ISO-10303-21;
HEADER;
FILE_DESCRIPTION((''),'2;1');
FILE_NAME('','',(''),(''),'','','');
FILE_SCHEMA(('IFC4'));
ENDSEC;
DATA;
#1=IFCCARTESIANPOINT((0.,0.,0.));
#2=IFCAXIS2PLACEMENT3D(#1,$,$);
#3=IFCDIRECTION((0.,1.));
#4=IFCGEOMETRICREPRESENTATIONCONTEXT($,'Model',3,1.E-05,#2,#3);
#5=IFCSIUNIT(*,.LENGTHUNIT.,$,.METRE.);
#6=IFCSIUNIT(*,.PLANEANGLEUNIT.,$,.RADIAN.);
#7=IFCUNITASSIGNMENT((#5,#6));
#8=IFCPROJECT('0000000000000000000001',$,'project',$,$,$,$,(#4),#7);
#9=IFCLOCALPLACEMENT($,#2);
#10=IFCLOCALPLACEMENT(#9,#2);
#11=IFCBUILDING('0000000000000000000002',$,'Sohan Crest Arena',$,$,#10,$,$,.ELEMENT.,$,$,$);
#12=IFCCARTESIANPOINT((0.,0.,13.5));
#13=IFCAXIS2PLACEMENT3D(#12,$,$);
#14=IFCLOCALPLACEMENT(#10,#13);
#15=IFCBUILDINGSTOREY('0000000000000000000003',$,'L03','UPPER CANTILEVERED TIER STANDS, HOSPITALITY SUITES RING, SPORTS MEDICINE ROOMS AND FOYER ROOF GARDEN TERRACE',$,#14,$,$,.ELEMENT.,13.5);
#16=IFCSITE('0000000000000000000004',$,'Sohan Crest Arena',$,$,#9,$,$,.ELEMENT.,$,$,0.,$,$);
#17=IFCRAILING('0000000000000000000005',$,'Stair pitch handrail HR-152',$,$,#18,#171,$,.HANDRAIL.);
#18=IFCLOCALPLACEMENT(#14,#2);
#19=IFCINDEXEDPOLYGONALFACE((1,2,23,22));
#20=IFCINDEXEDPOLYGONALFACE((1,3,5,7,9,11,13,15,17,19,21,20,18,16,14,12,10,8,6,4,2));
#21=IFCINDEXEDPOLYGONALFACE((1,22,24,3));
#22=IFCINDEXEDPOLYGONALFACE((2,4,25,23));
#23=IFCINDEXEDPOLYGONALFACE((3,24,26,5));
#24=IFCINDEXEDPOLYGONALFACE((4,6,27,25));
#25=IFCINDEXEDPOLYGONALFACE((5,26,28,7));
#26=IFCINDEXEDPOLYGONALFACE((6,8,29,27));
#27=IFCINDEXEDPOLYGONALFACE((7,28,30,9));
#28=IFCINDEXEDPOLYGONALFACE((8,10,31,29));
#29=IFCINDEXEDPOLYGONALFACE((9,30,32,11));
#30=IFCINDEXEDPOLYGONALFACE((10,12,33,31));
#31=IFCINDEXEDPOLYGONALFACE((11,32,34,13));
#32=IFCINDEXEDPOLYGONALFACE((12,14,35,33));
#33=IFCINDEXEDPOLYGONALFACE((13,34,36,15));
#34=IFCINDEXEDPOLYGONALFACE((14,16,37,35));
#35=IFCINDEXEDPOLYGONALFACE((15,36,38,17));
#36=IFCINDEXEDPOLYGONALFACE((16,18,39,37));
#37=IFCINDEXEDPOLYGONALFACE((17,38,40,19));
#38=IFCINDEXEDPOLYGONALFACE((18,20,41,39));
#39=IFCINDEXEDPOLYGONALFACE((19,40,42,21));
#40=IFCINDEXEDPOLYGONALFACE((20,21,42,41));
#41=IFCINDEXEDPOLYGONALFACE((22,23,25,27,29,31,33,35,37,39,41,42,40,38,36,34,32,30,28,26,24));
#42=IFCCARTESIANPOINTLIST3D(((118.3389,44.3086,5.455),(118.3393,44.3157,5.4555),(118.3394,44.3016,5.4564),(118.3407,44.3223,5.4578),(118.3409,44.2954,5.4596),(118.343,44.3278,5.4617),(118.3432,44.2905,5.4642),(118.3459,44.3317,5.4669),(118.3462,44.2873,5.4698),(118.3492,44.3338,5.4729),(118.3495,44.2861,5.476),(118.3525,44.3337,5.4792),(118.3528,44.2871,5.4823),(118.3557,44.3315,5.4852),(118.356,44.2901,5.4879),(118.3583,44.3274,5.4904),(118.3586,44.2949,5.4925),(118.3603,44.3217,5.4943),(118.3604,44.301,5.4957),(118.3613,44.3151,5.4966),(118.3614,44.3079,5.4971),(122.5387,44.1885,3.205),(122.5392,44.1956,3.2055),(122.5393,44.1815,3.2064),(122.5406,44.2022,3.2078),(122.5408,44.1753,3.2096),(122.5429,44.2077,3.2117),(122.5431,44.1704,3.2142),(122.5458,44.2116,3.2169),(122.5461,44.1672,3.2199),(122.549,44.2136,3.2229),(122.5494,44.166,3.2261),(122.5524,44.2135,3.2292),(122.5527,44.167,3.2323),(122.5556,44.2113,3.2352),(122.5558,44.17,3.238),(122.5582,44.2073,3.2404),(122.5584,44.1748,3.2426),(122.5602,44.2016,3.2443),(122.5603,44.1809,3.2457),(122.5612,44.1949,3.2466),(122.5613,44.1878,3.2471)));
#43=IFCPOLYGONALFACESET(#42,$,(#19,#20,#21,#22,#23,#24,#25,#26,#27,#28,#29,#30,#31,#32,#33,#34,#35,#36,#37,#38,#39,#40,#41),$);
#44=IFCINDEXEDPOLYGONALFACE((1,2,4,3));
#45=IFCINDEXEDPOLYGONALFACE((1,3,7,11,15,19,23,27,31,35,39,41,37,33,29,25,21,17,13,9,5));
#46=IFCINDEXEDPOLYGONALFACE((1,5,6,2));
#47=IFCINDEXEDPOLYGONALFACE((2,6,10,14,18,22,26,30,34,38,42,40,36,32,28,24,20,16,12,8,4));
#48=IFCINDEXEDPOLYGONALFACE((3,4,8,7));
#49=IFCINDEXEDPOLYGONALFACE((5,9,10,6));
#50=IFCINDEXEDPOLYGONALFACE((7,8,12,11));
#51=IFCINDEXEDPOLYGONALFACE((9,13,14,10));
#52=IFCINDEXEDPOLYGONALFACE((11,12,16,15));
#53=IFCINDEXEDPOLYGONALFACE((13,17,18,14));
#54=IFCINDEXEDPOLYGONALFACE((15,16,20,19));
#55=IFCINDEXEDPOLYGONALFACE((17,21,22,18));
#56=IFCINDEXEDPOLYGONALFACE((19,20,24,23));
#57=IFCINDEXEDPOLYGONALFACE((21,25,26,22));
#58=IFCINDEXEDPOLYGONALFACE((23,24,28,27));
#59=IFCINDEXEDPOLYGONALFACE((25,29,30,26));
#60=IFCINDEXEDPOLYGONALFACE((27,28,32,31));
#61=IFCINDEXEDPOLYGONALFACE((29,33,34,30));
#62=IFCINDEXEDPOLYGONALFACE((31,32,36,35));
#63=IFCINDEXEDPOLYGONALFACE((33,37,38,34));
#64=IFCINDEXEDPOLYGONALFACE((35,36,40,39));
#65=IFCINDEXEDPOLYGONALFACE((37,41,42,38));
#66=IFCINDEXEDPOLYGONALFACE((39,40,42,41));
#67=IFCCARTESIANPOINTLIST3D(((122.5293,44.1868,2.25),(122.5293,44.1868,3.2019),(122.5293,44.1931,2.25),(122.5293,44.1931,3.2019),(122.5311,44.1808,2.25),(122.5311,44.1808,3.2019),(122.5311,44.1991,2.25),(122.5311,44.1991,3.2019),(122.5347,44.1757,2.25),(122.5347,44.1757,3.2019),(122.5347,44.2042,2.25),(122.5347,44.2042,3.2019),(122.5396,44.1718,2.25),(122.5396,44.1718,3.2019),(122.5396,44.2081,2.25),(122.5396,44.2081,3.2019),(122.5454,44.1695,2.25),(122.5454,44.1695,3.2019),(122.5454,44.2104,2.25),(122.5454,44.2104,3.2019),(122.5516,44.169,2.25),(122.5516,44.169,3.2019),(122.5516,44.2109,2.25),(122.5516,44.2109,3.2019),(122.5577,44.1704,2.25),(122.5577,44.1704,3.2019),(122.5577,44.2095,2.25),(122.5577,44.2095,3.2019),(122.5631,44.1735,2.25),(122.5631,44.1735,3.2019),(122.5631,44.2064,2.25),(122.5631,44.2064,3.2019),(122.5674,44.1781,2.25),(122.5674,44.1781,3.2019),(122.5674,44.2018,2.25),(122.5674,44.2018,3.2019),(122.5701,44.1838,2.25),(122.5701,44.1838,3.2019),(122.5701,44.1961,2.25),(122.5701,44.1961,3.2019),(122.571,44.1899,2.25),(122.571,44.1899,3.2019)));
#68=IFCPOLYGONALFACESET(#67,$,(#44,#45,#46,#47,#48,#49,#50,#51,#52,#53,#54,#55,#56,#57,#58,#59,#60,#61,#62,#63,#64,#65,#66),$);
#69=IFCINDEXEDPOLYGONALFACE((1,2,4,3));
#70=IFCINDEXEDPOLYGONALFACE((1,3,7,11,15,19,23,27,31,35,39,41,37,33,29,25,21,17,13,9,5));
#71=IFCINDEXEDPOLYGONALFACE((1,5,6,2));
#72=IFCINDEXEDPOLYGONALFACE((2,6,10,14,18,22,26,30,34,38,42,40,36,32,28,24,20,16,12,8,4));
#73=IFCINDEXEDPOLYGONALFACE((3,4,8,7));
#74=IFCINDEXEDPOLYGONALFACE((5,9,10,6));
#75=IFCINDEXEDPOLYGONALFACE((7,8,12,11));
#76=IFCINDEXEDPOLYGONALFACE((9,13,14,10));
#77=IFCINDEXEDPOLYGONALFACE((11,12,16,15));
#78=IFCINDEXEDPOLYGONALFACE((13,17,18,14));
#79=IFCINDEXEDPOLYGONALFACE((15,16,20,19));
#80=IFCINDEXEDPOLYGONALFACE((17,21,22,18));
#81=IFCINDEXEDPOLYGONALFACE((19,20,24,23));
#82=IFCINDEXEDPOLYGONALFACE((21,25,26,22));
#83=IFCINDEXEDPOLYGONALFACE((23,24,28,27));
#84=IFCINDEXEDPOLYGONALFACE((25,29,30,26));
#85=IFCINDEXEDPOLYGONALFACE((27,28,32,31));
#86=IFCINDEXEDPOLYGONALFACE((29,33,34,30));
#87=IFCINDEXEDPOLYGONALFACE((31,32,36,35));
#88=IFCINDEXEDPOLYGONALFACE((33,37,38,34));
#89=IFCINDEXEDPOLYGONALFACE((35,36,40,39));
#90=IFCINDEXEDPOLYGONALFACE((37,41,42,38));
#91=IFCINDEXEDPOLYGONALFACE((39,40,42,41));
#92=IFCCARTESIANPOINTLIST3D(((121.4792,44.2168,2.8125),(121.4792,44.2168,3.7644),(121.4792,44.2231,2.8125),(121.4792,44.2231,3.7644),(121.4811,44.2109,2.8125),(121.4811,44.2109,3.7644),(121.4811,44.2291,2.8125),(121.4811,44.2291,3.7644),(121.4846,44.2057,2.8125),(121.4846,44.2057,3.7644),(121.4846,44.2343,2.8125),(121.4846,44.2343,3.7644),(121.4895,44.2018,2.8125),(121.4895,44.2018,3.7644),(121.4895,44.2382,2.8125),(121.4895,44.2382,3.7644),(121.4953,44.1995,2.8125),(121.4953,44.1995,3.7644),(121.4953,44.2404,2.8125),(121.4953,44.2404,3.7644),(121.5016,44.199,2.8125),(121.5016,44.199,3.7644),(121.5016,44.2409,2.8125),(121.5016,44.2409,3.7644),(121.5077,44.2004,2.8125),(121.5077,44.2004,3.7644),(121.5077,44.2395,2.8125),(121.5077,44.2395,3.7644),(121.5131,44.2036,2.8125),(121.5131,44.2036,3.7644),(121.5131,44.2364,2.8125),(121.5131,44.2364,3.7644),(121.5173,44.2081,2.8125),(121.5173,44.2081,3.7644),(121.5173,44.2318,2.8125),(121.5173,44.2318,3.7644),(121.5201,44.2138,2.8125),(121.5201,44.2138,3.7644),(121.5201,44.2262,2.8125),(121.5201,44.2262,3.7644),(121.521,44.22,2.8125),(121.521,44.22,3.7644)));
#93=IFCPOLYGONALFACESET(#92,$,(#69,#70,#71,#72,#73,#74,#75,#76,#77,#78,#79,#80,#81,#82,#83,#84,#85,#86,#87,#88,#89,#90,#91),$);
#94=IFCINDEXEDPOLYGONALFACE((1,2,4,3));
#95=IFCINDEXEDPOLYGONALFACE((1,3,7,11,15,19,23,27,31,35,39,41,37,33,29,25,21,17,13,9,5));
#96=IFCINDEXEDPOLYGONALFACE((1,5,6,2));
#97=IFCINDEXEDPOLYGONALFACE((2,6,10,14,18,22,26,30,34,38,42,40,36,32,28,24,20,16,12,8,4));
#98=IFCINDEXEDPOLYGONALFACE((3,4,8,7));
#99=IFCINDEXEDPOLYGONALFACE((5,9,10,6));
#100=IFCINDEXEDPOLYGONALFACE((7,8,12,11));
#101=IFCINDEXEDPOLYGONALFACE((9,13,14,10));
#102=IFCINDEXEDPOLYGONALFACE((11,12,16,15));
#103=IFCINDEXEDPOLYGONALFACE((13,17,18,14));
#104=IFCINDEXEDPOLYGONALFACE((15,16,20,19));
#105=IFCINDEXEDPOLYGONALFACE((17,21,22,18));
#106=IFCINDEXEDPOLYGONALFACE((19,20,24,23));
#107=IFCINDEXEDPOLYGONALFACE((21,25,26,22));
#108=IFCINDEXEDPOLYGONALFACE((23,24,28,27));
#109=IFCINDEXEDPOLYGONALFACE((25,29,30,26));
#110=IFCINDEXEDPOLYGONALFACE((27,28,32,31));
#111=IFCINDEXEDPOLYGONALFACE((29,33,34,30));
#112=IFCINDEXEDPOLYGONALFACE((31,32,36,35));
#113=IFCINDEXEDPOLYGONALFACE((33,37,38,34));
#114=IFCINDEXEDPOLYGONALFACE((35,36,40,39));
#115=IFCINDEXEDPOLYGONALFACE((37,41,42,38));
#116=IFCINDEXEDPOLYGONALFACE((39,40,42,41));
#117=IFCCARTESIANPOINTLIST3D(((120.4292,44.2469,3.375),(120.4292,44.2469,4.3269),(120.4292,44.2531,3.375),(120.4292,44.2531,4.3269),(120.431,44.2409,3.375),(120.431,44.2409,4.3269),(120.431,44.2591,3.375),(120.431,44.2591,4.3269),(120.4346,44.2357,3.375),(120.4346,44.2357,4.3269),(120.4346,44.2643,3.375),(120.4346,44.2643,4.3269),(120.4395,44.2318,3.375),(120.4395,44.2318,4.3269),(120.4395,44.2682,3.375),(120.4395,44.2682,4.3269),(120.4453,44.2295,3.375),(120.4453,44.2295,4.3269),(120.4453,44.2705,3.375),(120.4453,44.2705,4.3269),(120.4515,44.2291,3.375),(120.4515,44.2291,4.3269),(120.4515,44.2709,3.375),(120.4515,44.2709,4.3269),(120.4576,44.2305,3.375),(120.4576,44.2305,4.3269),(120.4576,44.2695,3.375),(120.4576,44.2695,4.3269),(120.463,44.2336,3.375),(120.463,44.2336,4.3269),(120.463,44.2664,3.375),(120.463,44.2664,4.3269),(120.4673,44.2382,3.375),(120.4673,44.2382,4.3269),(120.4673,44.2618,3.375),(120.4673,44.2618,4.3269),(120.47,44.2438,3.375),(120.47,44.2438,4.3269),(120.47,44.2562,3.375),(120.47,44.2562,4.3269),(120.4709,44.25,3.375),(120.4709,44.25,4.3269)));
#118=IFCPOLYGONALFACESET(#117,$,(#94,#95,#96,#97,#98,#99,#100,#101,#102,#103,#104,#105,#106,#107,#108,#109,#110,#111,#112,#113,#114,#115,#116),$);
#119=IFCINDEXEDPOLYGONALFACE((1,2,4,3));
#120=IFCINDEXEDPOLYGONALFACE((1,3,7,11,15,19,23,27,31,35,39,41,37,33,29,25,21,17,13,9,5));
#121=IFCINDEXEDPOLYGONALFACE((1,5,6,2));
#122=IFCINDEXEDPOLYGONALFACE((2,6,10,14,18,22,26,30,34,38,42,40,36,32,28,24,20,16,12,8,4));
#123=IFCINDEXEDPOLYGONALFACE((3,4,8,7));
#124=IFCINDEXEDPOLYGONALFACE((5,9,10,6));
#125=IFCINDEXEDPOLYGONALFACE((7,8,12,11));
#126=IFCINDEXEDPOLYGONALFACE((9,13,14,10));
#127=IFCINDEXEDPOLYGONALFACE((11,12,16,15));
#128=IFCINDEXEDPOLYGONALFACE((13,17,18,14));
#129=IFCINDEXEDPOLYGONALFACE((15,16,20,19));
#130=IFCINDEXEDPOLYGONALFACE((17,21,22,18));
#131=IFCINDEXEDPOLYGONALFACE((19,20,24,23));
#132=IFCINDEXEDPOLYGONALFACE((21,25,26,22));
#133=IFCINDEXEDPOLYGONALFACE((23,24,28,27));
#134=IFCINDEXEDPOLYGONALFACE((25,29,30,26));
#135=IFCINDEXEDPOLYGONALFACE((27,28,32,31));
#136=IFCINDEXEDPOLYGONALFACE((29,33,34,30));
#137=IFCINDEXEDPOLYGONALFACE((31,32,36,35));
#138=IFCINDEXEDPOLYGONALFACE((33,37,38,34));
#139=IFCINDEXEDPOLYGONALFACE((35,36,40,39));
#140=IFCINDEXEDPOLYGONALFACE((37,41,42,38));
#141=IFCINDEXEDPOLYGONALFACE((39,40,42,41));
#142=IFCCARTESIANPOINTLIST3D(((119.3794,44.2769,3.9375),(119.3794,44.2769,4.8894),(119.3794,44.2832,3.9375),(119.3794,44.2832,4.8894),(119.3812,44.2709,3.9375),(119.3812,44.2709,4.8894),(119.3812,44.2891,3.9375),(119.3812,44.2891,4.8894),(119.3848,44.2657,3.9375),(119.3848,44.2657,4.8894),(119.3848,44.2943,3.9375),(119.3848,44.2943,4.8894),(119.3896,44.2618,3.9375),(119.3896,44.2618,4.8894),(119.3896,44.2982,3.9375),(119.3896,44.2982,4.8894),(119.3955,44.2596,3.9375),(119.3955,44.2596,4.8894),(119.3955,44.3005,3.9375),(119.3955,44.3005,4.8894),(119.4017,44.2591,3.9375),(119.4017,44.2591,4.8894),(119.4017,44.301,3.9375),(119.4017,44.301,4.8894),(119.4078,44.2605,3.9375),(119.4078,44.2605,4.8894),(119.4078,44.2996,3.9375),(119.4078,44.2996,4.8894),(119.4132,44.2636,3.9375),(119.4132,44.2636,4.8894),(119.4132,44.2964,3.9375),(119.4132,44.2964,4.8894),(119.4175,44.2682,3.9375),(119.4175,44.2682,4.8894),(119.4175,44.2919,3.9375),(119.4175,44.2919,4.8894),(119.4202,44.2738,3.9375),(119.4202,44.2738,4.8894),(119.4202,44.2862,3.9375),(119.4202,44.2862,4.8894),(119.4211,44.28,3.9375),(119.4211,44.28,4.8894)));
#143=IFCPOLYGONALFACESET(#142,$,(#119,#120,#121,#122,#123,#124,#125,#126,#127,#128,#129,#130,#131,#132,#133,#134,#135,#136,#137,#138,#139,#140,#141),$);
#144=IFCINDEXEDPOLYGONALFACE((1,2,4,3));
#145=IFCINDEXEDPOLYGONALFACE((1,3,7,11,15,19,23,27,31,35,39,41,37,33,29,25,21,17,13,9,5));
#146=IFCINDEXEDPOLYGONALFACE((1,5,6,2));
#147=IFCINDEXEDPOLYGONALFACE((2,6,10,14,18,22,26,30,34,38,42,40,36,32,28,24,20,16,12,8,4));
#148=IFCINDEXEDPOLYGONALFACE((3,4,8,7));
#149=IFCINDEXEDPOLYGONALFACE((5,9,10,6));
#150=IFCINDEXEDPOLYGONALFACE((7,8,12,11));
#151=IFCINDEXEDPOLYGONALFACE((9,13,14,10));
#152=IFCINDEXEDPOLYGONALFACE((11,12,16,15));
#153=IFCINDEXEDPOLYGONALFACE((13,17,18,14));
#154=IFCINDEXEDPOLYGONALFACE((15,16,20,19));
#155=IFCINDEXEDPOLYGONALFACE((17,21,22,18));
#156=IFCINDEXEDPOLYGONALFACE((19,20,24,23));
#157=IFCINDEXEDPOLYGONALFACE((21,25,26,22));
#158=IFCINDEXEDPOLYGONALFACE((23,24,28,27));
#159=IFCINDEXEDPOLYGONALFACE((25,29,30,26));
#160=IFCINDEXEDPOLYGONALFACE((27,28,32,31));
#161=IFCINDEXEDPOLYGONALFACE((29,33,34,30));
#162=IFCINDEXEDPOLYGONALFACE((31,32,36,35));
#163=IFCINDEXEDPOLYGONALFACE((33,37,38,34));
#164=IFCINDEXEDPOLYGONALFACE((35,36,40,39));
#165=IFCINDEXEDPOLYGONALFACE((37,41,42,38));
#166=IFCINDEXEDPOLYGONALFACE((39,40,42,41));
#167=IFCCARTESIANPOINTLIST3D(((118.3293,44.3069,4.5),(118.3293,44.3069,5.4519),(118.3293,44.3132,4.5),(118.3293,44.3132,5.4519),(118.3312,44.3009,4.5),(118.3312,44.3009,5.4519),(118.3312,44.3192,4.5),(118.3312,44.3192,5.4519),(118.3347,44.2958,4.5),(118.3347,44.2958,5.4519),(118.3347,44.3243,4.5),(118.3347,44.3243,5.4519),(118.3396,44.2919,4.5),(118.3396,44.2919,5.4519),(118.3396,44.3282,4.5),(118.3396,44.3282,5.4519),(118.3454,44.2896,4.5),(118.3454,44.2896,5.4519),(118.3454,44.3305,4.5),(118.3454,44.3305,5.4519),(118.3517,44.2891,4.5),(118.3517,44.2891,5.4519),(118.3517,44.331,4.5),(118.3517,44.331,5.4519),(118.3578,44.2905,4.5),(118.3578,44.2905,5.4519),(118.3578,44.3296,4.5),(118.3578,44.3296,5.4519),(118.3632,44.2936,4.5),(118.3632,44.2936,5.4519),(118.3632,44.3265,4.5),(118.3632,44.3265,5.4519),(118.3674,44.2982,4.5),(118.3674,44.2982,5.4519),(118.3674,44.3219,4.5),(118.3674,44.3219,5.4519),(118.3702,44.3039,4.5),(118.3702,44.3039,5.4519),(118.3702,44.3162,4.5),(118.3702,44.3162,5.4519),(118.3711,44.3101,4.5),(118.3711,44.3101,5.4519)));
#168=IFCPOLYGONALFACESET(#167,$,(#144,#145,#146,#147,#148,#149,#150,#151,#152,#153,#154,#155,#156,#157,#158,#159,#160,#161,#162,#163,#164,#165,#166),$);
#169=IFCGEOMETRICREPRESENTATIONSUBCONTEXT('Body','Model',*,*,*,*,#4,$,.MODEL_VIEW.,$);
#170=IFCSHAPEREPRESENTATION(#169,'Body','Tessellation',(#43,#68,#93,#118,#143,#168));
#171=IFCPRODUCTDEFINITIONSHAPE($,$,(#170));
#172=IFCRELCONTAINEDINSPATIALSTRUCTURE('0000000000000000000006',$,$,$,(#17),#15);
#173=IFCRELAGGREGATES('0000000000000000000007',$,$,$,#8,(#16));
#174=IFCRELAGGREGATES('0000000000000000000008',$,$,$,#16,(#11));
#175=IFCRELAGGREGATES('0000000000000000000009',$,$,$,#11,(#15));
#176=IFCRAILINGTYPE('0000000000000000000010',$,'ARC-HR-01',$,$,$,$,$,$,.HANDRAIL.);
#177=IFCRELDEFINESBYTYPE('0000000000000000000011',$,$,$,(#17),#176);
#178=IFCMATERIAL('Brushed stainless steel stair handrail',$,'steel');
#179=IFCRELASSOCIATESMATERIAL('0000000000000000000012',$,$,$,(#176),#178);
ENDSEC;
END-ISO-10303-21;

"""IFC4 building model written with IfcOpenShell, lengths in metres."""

from ifc_helpers import new_model, si_unit, direction, frame, origin, origin_2d, place, context, subcontext, project, spatial, circle, extrude, material, type_object, element, save


model = new_model("IFC4")

# Units and contexts
model_context = context("Model", 3, precision=1e-05, world=origin(), true_north=direction((0.0, 1.0)))
body_context = subcontext(model_context, "Body", "Model", "MODEL_VIEW")
ifc_project = project(units=[si_unit("LENGTHUNIT", "METRE"), si_unit("PLANEANGLEUNIT", "RADIAN")], contexts=[model_context])

# Site, building, storey
site_placement = place(None, origin())
site = spatial("IfcSite", under=ifc_project, at=site_placement, Name="Sohan Crest Arena", CompositionType="ELEMENT", RefElevation=0.0)
building_placement = place(site_placement, origin())
building = spatial("IfcBuilding", under=site, at=building_placement, Name="Sohan Crest Arena", CompositionType="ELEMENT")
storey_placement = place(building_placement, frame((0.0, 0.0, 13.5)))
storey = spatial("IfcBuildingStorey", under=building, at=storey_placement, Name="L03", Description="UPPER CANTILEVERED TIER STANDS, HOSPITALITY SUITES RING, SPORTS MEDICINE ROOMS AND FOYER ROOF GARDEN TERRACE", CompositionType="ELEMENT", Elevation=13.5)

# Railing
ifc_material_1 = material(Name="Brushed stainless steel stair handrail", Category="steel")
railing_type_1 = type_object("IfcRailingType", Name="ARC-HR-01", PredefinedType="HANDRAIL", material=ifc_material_1)
railing_1_placement = place(storey_placement, frame((122.55, 44.1899, 2.25)))
element("IfcRailing", 1, at=railing_1_placement, inside=storey, type_object=railing_type_1, Name="Stair pitch handrail HR-152", PredefinedType="HANDRAIL", context=body_context, shape_type="SweptSolid", body=[
    extrude(circle(Radius=0.0239, at=origin_2d()), frame((0.0, 0.0, 0.9761), z_axis=(-0.881198, 0.025202, 0.472076), x_axis=(-0.028588, -0.999591, 0.0)), (0.0, 0.0, 1.0), 4.7661),
    extrude(circle(Radius=0.021, at=origin_2d()), origin(), (0.0, 0.0, 1.0), 0.9519),
    extrude(circle(Radius=0.021, at=origin_2d()), frame((-1.05, 0.03, 0.5625)), (0.0, 0.0, 1.0), 0.9519),
    extrude(circle(Radius=0.021, at=origin_2d()), frame((-2.1001, 0.0601, 1.125)), (0.0, 0.0, 1.0), 0.9519),
    extrude(circle(Radius=0.021, at=origin_2d()), frame((-3.1499, 0.0901, 1.6875)), (0.0, 0.0, 1.0), 0.9519),
    extrude(circle(Radius=0.021, at=origin_2d()), frame((-4.2, 0.1201, 2.25)), (0.0, 0.0, 1.0), 0.9519),
])

save(model, "model.ifc")
